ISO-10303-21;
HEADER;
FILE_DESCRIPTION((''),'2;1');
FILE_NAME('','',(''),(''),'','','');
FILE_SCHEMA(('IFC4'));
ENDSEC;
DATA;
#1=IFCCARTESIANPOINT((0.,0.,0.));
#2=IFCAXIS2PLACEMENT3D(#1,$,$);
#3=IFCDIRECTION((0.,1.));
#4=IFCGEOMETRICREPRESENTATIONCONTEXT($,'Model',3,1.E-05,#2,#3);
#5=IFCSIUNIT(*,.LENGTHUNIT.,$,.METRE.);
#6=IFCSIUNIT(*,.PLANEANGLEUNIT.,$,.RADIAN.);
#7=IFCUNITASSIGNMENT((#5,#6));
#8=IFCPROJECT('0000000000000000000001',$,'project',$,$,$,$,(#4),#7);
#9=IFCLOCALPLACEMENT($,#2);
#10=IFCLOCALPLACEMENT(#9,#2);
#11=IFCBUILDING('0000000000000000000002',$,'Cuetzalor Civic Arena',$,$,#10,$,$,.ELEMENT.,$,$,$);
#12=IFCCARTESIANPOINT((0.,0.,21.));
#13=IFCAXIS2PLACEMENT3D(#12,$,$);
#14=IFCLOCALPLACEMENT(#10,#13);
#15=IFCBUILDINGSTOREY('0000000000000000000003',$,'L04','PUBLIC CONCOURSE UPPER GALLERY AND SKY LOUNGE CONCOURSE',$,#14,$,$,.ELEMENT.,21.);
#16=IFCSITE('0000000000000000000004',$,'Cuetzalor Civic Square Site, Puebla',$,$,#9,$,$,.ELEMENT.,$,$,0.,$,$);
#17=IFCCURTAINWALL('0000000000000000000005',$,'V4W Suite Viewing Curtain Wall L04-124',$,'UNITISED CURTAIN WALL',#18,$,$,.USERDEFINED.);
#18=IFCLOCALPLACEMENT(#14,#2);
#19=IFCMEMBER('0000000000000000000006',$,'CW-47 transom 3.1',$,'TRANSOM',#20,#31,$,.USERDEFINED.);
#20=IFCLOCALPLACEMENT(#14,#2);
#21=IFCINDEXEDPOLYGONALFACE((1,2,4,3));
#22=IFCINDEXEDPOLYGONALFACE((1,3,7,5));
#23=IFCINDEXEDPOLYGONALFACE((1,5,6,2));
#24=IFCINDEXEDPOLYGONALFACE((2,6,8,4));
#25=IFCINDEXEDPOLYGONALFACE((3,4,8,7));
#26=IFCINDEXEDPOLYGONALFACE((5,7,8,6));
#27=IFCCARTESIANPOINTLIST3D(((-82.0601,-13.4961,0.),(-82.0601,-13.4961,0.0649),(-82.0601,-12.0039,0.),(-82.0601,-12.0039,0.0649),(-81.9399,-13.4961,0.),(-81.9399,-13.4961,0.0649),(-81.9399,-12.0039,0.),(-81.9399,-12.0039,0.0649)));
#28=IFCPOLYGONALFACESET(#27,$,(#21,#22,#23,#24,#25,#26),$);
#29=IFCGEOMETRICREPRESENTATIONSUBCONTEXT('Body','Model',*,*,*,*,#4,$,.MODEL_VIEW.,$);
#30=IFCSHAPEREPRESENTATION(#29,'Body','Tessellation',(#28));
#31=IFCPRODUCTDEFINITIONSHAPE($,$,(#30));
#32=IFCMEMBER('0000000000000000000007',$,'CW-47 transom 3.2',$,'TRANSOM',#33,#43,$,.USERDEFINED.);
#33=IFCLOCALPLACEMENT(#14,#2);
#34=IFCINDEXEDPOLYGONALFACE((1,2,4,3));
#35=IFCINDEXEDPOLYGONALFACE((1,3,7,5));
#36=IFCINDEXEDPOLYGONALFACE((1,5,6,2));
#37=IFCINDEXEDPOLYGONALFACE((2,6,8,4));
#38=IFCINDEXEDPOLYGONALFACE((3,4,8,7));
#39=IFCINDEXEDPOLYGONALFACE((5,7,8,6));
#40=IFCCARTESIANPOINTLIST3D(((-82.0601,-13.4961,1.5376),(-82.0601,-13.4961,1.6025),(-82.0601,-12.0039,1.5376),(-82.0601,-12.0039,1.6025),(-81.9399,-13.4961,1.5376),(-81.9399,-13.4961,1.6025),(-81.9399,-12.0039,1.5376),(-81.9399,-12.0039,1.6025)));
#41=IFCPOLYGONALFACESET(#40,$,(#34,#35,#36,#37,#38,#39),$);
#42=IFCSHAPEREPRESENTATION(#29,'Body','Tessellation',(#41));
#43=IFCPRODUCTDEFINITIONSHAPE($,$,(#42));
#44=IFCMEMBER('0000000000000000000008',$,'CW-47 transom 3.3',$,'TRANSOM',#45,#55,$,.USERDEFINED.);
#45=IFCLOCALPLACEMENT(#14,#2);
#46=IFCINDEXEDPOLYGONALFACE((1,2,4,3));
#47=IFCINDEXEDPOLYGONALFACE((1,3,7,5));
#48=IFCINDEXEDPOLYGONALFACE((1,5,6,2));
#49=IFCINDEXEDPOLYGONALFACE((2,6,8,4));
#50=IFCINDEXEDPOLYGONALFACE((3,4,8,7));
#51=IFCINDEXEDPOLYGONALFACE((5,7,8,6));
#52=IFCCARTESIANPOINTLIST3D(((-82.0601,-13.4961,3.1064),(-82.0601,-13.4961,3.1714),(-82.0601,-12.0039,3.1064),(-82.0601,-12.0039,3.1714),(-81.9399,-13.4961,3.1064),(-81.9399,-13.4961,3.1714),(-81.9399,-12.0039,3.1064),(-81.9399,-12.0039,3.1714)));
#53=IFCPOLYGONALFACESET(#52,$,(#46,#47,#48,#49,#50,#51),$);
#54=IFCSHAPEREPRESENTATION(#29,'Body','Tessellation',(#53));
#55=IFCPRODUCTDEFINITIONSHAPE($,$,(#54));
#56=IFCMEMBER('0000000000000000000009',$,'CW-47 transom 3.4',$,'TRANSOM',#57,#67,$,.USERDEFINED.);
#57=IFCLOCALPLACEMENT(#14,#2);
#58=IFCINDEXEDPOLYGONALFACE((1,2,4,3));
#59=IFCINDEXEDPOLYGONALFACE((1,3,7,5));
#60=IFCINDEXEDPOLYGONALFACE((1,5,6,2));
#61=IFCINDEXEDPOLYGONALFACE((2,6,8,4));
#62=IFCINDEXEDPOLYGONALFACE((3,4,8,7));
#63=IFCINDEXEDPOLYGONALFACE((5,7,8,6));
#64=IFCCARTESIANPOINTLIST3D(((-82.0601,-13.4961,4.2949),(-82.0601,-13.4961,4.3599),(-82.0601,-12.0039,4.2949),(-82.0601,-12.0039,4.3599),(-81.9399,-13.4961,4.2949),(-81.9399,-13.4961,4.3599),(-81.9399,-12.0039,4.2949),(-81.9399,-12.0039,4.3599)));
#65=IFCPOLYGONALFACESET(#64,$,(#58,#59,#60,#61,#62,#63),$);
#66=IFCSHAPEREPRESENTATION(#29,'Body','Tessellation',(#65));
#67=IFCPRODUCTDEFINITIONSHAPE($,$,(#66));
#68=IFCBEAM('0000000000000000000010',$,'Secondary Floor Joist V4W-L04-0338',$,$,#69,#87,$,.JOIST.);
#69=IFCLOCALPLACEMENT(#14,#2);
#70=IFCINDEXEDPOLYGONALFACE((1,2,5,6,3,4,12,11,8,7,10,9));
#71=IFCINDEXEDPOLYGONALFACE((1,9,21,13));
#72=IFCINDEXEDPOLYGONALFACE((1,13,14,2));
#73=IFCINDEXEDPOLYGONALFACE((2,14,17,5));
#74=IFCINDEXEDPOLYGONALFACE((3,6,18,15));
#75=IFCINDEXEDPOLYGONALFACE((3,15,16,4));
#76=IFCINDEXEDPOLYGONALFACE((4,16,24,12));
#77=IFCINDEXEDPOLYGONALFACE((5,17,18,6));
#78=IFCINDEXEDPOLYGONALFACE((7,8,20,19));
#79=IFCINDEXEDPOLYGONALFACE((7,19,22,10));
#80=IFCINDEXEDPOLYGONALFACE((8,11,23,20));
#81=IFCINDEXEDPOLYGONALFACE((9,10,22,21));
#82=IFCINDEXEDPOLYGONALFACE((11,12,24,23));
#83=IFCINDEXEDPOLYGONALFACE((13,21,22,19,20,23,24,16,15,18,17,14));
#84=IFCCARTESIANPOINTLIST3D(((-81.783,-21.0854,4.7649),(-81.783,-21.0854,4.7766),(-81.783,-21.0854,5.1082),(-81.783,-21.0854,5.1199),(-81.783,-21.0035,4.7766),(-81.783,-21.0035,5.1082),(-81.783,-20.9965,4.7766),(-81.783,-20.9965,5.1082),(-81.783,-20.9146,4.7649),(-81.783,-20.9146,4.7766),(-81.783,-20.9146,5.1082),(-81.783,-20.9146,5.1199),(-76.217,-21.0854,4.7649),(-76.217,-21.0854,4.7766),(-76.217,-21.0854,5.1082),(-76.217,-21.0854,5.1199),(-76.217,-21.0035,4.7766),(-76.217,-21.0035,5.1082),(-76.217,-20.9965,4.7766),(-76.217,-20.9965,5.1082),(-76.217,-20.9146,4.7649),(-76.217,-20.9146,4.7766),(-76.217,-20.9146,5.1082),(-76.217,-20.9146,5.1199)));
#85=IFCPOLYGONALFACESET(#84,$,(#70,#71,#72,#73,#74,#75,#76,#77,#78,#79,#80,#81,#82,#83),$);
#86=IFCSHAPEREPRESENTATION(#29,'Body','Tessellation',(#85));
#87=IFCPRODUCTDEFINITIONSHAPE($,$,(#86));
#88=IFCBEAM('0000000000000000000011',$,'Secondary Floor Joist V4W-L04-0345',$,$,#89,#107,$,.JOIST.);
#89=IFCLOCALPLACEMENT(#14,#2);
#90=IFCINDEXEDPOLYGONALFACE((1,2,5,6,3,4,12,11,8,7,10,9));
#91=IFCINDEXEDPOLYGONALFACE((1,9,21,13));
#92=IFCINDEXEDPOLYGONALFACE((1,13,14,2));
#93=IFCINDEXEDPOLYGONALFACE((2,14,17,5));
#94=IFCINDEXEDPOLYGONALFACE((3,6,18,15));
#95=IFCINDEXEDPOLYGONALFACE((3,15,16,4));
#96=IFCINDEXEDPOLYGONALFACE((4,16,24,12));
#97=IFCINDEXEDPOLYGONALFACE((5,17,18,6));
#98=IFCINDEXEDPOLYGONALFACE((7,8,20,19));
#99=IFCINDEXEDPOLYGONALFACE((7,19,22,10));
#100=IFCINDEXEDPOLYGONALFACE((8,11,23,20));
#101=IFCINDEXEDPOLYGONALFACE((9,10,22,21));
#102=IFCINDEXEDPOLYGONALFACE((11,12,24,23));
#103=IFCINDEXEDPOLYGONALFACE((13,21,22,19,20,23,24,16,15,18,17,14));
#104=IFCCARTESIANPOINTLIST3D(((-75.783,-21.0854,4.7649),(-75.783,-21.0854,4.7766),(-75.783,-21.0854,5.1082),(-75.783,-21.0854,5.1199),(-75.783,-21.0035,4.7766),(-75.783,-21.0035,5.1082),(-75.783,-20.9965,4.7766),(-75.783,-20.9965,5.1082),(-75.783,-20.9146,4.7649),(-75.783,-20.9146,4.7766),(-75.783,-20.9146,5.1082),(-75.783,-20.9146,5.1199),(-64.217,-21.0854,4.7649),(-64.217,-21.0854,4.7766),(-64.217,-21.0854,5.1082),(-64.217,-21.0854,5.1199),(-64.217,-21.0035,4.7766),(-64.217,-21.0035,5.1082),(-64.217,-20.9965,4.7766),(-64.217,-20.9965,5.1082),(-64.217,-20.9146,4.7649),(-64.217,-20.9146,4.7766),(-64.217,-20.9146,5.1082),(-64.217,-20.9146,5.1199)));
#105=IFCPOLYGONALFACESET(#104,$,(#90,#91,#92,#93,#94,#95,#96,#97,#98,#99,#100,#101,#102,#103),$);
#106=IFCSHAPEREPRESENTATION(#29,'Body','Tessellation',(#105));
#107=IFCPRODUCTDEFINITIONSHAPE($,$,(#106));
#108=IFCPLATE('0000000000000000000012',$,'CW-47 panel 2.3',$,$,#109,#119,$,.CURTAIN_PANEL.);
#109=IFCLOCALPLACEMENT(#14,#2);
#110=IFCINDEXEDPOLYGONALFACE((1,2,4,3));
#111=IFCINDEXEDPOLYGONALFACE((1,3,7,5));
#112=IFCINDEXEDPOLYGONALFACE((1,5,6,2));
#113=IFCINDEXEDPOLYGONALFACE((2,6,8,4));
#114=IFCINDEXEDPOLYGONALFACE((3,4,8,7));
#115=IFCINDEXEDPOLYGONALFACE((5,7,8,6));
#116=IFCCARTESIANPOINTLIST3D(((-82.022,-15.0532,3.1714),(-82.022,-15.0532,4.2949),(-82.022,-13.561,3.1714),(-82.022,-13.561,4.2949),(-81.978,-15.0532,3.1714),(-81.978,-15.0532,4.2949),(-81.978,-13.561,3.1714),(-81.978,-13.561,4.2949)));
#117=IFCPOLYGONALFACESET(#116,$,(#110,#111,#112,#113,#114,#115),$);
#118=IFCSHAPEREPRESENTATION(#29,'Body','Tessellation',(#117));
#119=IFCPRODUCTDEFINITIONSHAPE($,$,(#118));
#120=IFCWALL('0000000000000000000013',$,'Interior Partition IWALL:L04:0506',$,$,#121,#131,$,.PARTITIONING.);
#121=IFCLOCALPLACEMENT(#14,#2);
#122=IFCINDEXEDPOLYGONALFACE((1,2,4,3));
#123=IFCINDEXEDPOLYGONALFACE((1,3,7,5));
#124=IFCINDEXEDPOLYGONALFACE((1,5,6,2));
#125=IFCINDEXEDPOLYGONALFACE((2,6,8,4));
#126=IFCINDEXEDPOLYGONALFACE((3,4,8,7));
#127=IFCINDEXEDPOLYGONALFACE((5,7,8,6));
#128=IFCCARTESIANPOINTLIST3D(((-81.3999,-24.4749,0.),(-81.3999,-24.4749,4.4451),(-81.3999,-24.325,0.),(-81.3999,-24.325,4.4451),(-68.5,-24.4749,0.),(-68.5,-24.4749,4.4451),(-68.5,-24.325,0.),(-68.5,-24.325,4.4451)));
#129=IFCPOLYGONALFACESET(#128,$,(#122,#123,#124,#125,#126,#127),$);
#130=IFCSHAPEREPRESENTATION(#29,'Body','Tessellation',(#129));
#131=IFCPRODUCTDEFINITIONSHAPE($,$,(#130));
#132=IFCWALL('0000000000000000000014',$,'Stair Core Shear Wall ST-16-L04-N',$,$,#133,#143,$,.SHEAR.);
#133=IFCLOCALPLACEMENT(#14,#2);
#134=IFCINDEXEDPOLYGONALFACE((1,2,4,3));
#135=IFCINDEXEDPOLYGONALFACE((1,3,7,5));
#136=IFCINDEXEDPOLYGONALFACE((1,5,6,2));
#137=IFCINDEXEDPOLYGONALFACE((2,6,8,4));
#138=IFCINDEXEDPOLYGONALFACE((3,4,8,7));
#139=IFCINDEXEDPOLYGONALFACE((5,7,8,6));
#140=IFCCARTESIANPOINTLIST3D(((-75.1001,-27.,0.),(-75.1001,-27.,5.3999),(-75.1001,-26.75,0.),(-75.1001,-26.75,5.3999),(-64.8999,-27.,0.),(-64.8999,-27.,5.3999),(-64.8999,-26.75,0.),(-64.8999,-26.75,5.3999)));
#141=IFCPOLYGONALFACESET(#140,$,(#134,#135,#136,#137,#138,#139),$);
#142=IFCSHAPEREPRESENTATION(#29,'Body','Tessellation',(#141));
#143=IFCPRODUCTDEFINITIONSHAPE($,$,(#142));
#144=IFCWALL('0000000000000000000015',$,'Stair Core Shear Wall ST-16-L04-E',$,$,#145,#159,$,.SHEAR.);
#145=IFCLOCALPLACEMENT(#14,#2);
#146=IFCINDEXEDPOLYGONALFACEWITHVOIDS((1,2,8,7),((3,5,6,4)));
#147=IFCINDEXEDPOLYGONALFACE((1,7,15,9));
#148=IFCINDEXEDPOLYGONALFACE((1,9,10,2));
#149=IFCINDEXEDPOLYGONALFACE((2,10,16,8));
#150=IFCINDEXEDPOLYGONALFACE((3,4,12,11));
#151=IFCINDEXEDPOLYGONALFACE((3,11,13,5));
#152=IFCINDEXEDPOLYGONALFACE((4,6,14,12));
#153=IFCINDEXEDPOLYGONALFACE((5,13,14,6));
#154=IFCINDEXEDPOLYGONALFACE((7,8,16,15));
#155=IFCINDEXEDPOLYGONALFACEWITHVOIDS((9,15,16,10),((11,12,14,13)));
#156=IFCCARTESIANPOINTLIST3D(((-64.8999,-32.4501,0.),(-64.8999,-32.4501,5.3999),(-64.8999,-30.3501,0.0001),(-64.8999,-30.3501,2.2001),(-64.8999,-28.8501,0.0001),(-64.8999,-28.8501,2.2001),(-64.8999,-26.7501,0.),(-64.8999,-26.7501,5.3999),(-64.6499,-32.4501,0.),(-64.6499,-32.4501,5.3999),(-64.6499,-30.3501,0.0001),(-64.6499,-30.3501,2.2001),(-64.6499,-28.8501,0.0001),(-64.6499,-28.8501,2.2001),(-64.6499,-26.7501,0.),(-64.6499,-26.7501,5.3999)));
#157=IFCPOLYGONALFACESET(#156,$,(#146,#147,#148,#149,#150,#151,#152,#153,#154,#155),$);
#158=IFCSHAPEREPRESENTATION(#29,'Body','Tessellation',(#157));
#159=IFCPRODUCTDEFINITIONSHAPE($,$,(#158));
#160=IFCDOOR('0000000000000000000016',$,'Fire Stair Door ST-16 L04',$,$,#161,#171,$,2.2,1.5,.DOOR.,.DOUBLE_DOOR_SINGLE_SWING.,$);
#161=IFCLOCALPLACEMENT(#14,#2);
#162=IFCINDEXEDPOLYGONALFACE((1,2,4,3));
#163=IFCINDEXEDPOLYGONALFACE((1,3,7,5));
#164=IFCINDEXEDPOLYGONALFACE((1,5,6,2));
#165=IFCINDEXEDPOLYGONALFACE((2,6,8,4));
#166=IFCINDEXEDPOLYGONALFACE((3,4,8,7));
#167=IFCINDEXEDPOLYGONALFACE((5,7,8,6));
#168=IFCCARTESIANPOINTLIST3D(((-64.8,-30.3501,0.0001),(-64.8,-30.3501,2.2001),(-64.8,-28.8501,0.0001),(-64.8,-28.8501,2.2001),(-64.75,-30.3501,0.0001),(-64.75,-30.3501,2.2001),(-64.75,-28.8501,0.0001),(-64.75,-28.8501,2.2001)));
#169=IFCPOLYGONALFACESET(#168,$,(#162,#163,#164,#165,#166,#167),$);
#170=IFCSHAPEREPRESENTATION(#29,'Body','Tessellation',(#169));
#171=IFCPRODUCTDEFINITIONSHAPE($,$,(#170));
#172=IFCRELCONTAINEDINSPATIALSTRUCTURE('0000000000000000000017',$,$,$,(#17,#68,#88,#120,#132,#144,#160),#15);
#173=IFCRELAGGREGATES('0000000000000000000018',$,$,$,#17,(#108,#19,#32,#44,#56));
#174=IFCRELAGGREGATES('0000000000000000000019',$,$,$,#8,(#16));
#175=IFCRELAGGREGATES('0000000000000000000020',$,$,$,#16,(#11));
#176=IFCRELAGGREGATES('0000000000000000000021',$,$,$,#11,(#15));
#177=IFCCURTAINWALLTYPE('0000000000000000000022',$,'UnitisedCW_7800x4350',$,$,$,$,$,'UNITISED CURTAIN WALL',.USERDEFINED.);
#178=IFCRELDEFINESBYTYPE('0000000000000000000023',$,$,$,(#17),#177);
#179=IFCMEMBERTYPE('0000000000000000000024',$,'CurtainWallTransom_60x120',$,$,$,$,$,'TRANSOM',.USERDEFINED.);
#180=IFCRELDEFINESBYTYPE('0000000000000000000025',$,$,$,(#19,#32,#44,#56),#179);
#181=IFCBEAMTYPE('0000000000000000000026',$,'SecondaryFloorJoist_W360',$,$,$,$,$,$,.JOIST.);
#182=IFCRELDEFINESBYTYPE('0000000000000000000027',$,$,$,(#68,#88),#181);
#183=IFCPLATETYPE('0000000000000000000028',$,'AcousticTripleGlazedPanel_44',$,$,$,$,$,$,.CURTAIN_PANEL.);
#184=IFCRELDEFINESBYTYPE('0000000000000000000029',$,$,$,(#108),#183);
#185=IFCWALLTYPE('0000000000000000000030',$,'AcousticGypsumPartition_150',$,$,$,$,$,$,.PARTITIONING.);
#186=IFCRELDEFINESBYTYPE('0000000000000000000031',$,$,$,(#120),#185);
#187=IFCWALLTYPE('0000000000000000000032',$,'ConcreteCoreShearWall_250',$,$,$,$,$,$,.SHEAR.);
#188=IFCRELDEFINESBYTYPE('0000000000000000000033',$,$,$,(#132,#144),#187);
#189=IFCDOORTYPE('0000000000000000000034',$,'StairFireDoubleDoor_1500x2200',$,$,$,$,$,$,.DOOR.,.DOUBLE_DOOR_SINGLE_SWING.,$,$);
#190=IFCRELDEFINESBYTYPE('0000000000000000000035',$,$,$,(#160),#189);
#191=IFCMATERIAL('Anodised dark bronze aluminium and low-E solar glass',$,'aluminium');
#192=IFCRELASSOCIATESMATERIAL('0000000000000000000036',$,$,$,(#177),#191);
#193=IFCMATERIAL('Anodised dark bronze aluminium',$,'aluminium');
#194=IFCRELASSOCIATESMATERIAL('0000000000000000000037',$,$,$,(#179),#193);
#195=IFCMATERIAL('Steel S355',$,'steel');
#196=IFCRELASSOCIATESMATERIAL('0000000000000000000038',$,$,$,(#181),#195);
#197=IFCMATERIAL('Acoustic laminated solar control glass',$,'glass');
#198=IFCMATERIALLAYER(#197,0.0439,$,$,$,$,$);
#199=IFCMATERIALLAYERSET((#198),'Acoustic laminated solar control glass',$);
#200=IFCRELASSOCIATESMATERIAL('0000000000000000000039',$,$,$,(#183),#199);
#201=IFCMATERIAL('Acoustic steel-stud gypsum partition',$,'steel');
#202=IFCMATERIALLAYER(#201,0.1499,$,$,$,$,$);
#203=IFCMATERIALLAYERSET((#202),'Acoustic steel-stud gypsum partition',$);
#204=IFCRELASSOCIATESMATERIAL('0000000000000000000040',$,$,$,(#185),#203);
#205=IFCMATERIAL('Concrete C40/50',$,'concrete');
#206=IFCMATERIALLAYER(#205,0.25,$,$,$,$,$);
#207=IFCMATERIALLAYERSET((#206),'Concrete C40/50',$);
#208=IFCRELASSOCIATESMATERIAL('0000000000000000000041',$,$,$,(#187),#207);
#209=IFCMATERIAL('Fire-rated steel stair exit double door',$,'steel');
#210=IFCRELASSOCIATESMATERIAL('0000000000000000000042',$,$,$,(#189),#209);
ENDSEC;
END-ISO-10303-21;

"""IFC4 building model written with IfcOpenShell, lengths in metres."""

from ifc_helpers import new_model, si_unit, direction, frame, frame_2d, origin, origin_2d, place, context, subcontext, project, spatial, rectangle, i_section, extrude, material, layer, layer_set, material_profile, profile_set, type_object, element, fill, aggregate, save


model = new_model("IFC4")

# Units and contexts
model_context = context("Model", 3, precision=1e-05, world=origin(), true_north=direction((0.0, 1.0)))
body_context = subcontext(model_context, "Body", "Model", "MODEL_VIEW")
ifc_project = project(units=[si_unit("LENGTHUNIT", "METRE"), si_unit("PLANEANGLEUNIT", "RADIAN")], contexts=[model_context])

# Site, building, storey
site_placement = place(None, origin())
site = spatial("IfcSite", under=ifc_project, at=site_placement, Name="Cuetzalor Civic Square Site, Puebla", CompositionType="ELEMENT", RefElevation=0.0)
building_placement = place(site_placement, origin())
building = spatial("IfcBuilding", under=site, at=building_placement, Name="Cuetzalor Civic Arena", CompositionType="ELEMENT")
storey_placement = place(building_placement, frame((0.0, 0.0, 21.0)))
storey = spatial("IfcBuildingStorey", under=building, at=storey_placement, Name="L04", Description="PUBLIC CONCOURSE UPPER GALLERY AND SKY LOUNGE CONCOURSE", CompositionType="ELEMENT", Elevation=21.0)

# Curtain wall, members
ifc_material_1 = material(Name="Anodised dark bronze aluminium and low-E solar glass", Category="aluminium")
curtain_wall_type = type_object("IfcCurtainWallType", Name="UnitisedCW_7800x4350", ElementType="UNITISED CURTAIN WALL", PredefinedType="USERDEFINED", material=ifc_material_1)
curtain_wall_placement = place(storey_placement, origin())
curtain_wall = element("IfcCurtainWall", 1, at=curtain_wall_placement, inside=storey, type_object=curtain_wall_type, Name="V4W Suite Viewing Curtain Wall L04-124", ObjectType="UNITISED CURTAIN WALL", PredefinedType="USERDEFINED")
ifc_material_2 = material(Name="Anodised dark bronze aluminium", Category="aluminium")
ifc_material_profile_1 = material_profile(ifc_material_2, rectangle(XDim=0.1201, YDim=0.0649, at=origin_2d()), Name="ALU TRANSOM 65x120")
ifc_profile_set_1 = profile_set([ifc_material_profile_1], Name="Anodised dark bronze aluminium")
member_type_1 = type_object("IfcMemberType", Name="CurtainWallTransom_60x120", ElementType="TRANSOM", PredefinedType="USERDEFINED", material=ifc_profile_set_1)
member_1_placement = place(storey_placement, frame((-82.0, -13.4961, 0.0325), z_axis=(0.0, 1.0, 0.0), x_axis=(-1.0, 0.0, 0.0)))
member_1 = element("IfcMember", 2, at=member_1_placement, type_object=member_type_1, Name="CW-47 transom 3.1", ObjectType="TRANSOM", PredefinedType="USERDEFINED", context=body_context, shape_type="SweptSolid", body=[
    extrude(rectangle(XDim=0.1201, YDim=0.0649, at=origin_2d()), origin(), (0.0, 0.0, 1.0), 1.4922),
])
member_2_placement = place(storey_placement, frame((-82.0, -13.4961, 1.5701), z_axis=(0.0, 1.0, 0.0), x_axis=(-1.0, 0.0, 0.0)))
member_2 = element("IfcMember", 3, at=member_2_placement, type_object=member_type_1, Name="CW-47 transom 3.2", ObjectType="TRANSOM", PredefinedType="USERDEFINED", context=body_context, shape_type="SweptSolid", body=[
    extrude(rectangle(XDim=0.1201, YDim=0.0649, at=origin_2d()), origin(), (0.0, 0.0, 1.0), 1.4922),
])
member_3_placement = place(storey_placement, frame((-82.0, -13.4961, 3.1389), z_axis=(0.0, 1.0, 0.0), x_axis=(-1.0, 0.0, 0.0)))
member_3 = element("IfcMember", 4, at=member_3_placement, type_object=member_type_1, Name="CW-47 transom 3.3", ObjectType="TRANSOM", PredefinedType="USERDEFINED", context=body_context, shape_type="SweptSolid", body=[
    extrude(rectangle(XDim=0.1201, YDim=0.0649, at=origin_2d()), origin(), (0.0, 0.0, 1.0), 1.4922),
])
member_4_placement = place(storey_placement, frame((-82.0, -13.4961, 4.3274), z_axis=(0.0, 1.0, 0.0), x_axis=(-1.0, 0.0, 0.0)))
member_4 = element("IfcMember", 5, at=member_4_placement, type_object=member_type_1, Name="CW-47 transom 3.4", ObjectType="TRANSOM", PredefinedType="USERDEFINED", context=body_context, shape_type="SweptSolid", body=[
    extrude(rectangle(XDim=0.1201, YDim=0.0649, at=origin_2d()), origin(), (0.0, 0.0, 1.0), 1.4922),
])

# Beams
ifc_material_3 = material(Name="Steel S355", Category="steel")
ifc_material_profile_2 = material_profile(ifc_material_3, i_section(OverallWidth=0.1709, OverallDepth=0.355, WebThickness=0.0071, FlangeThickness=0.0117, at=origin_2d()), Name="W360x51")
ifc_profile_set_2 = profile_set([ifc_material_profile_2], Name="Steel S355")
beam_type_1 = type_object("IfcBeamType", Name="SecondaryFloorJoist_W360", PredefinedType="JOIST", material=ifc_profile_set_2)
beam_1_placement = place(storey_placement, frame((-81.783, -21.0, 4.9424), z_axis=(1.0, 0.0, 0.0), x_axis=(0.0, 1.0, 0.0)))
element("IfcBeam", 6, at=beam_1_placement, inside=storey, type_object=beam_type_1, Name="Secondary Floor Joist V4W-L04-0338", PredefinedType="JOIST", context=body_context, shape_type="SweptSolid", body=[
    extrude(i_section(OverallWidth=0.1709, OverallDepth=0.355, WebThickness=0.0071, FlangeThickness=0.0117, at=origin_2d()), origin(), (0.0, 0.0, 1.0), 5.5659),
])
beam_2_placement = place(storey_placement, frame((-75.783, -21.0, 4.9424), z_axis=(1.0, 0.0, 0.0), x_axis=(0.0, 1.0, 0.0)))
element("IfcBeam", 7, at=beam_2_placement, inside=storey, type_object=beam_type_1, Name="Secondary Floor Joist V4W-L04-0345", PredefinedType="JOIST", context=body_context, shape_type="SweptSolid", body=[
    extrude(i_section(OverallWidth=0.1709, OverallDepth=0.355, WebThickness=0.0071, FlangeThickness=0.0117, at=origin_2d()), origin(), (0.0, 0.0, 1.0), 11.5659),
])

# Plate
ifc_material_4 = material(Name="Acoustic laminated solar control glass", Category="glass")
ifc_layer_1 = layer(ifc_material_4, 0.0439)
ifc_layer_set_1 = layer_set([ifc_layer_1], Name="Acoustic laminated solar control glass")
plate_type = type_object("IfcPlateType", Name="AcousticTripleGlazedPanel_44", PredefinedType="CURTAIN_PANEL", material=ifc_layer_set_1)
plate_placement = place(storey_placement, frame((-82.0, -14.3071, 3.1714), z_axis=(0.0, 0.0, 1.0), x_axis=(0.0, 1.0, 0.0)))
plate = element("IfcPlate", 8, at=plate_placement, type_object=plate_type, Name="CW-47 panel 2.3", PredefinedType="CURTAIN_PANEL", context=body_context, shape_type="SweptSolid", body=[
    extrude(rectangle(XDim=1.4922, YDim=0.0439, at=origin_2d()), origin(), (0.0, 0.0, 1.0), 1.1235),
])
aggregate(curtain_wall, [plate, member_1, member_2, member_3, member_4])

# Walls
ifc_material_5 = material(Name="Acoustic steel-stud gypsum partition", Category="steel")
ifc_layer_2 = layer(ifc_material_5, 0.1499)
ifc_layer_set_2 = layer_set([ifc_layer_2], Name="Acoustic steel-stud gypsum partition")
wall_type_1 = type_object("IfcWallType", Name="AcousticGypsumPartition_150", PredefinedType="PARTITIONING", material=ifc_layer_set_2)
wall_1_placement = place(storey_placement, frame((-68.5, -24.3999, 0.0), z_axis=(0.0, 0.0, 1.0), x_axis=(-1.0, 0.0, 0.0)))
element("IfcWall", 9, at=wall_1_placement, inside=storey, type_object=wall_type_1, Name="Interior Partition IWALL:L04:0506", PredefinedType="PARTITIONING", context=body_context, shape_type="SweptSolid", body=[
    extrude(rectangle(XDim=12.8999, YDim=0.1499, at=frame_2d((6.45, 0.0))), origin(), (0.0, 0.0, 1.0), 4.4451),
])
ifc_material_6 = material(Name="Concrete C40/50", Category="concrete")
ifc_layer_3 = layer(ifc_material_6, 0.25)
ifc_layer_set_3 = layer_set([ifc_layer_3], Name="Concrete C40/50")
wall_type_2 = type_object("IfcWallType", Name="ConcreteCoreShearWall_250", PredefinedType="SHEAR", material=ifc_layer_set_3)
wall_2_placement = place(storey_placement, frame((-75.1001, -26.875, 0.0), z_axis=(0.0, 0.0, 1.0), x_axis=(1.0, 0.0, 0.0)))
element("IfcWall", 10, at=wall_2_placement, inside=storey, type_object=wall_type_2, Name="Stair Core Shear Wall ST-16-L04-N", PredefinedType="SHEAR", context=body_context, shape_type="SweptSolid", body=[
    extrude(rectangle(XDim=10.2002, YDim=0.25, at=frame_2d((5.1001, 0.0))), origin(), (0.0, 0.0, 1.0), 5.3999),
])

# Wall, opening, door
wall_3_placement = place(storey_placement, frame((-64.7749, -26.75, 0.0), z_axis=(0.0, 0.0, 1.0), x_axis=(0.0, -1.0, 0.0)))
wall_3 = element("IfcWall", 11, at=wall_3_placement, inside=storey, type_object=wall_type_2, Name="Stair Core Shear Wall ST-16-L04-E", PredefinedType="SHEAR", context=body_context, shape_type="SweptSolid", body=[
    extrude(rectangle(XDim=5.7, YDim=0.25, at=frame_2d((2.8501, 0.0))), origin(), (0.0, 0.0, 1.0), 5.3999),
])
opening_1_placement = place(wall_3_placement, frame((2.1001, 0.0, 0.0)))
opening_1 = element("IfcOpeningElement", 12, at=opening_1_placement, cuts=wall_3, PredefinedType="OPENING", context=body_context, shape_type="SweptSolid", body=[
    extrude(rectangle(XDim=1.5, YDim=2.2, at=frame_2d((0.75, 1.1001))), frame((0.0, 0.135, 0.0), z_axis=(0.0, -1.0, 0.0), x_axis=(1.0, 0.0, 0.0)), (0.0, 0.0, 1.0), 0.27),
])
ifc_material_7 = material(Name="Fire-rated steel stair exit double door", Category="steel")
door_type_1 = type_object("IfcDoorType", Name="StairFireDoubleDoor_1500x2200", OperationType="DOUBLE_DOOR_SINGLE_SWING", PredefinedType="DOOR", material=ifc_material_7)
door_1_placement = place(opening_1_placement, origin())
door_1 = element("IfcDoor", 13, at=door_1_placement, inside=storey, type_object=door_type_1, Name="Fire Stair Door ST-16 L04", OperationType="DOUBLE_DOOR_SINGLE_SWING", OverallHeight=2.2, OverallWidth=1.5, PredefinedType="DOOR", context=body_context, shape_type="SweptSolid", body=[
    extrude(rectangle(XDim=1.5, YDim=2.2, at=frame_2d((0.75, 1.1001))), frame((0.0, 0.0249, 0.0), z_axis=(0.0, -1.0, 0.0), x_axis=(1.0, 0.0, 0.0)), (0.0, 0.0, 1.0), 0.05),
])
fill(opening_1, door_1)

save(model, "model.ifc")
